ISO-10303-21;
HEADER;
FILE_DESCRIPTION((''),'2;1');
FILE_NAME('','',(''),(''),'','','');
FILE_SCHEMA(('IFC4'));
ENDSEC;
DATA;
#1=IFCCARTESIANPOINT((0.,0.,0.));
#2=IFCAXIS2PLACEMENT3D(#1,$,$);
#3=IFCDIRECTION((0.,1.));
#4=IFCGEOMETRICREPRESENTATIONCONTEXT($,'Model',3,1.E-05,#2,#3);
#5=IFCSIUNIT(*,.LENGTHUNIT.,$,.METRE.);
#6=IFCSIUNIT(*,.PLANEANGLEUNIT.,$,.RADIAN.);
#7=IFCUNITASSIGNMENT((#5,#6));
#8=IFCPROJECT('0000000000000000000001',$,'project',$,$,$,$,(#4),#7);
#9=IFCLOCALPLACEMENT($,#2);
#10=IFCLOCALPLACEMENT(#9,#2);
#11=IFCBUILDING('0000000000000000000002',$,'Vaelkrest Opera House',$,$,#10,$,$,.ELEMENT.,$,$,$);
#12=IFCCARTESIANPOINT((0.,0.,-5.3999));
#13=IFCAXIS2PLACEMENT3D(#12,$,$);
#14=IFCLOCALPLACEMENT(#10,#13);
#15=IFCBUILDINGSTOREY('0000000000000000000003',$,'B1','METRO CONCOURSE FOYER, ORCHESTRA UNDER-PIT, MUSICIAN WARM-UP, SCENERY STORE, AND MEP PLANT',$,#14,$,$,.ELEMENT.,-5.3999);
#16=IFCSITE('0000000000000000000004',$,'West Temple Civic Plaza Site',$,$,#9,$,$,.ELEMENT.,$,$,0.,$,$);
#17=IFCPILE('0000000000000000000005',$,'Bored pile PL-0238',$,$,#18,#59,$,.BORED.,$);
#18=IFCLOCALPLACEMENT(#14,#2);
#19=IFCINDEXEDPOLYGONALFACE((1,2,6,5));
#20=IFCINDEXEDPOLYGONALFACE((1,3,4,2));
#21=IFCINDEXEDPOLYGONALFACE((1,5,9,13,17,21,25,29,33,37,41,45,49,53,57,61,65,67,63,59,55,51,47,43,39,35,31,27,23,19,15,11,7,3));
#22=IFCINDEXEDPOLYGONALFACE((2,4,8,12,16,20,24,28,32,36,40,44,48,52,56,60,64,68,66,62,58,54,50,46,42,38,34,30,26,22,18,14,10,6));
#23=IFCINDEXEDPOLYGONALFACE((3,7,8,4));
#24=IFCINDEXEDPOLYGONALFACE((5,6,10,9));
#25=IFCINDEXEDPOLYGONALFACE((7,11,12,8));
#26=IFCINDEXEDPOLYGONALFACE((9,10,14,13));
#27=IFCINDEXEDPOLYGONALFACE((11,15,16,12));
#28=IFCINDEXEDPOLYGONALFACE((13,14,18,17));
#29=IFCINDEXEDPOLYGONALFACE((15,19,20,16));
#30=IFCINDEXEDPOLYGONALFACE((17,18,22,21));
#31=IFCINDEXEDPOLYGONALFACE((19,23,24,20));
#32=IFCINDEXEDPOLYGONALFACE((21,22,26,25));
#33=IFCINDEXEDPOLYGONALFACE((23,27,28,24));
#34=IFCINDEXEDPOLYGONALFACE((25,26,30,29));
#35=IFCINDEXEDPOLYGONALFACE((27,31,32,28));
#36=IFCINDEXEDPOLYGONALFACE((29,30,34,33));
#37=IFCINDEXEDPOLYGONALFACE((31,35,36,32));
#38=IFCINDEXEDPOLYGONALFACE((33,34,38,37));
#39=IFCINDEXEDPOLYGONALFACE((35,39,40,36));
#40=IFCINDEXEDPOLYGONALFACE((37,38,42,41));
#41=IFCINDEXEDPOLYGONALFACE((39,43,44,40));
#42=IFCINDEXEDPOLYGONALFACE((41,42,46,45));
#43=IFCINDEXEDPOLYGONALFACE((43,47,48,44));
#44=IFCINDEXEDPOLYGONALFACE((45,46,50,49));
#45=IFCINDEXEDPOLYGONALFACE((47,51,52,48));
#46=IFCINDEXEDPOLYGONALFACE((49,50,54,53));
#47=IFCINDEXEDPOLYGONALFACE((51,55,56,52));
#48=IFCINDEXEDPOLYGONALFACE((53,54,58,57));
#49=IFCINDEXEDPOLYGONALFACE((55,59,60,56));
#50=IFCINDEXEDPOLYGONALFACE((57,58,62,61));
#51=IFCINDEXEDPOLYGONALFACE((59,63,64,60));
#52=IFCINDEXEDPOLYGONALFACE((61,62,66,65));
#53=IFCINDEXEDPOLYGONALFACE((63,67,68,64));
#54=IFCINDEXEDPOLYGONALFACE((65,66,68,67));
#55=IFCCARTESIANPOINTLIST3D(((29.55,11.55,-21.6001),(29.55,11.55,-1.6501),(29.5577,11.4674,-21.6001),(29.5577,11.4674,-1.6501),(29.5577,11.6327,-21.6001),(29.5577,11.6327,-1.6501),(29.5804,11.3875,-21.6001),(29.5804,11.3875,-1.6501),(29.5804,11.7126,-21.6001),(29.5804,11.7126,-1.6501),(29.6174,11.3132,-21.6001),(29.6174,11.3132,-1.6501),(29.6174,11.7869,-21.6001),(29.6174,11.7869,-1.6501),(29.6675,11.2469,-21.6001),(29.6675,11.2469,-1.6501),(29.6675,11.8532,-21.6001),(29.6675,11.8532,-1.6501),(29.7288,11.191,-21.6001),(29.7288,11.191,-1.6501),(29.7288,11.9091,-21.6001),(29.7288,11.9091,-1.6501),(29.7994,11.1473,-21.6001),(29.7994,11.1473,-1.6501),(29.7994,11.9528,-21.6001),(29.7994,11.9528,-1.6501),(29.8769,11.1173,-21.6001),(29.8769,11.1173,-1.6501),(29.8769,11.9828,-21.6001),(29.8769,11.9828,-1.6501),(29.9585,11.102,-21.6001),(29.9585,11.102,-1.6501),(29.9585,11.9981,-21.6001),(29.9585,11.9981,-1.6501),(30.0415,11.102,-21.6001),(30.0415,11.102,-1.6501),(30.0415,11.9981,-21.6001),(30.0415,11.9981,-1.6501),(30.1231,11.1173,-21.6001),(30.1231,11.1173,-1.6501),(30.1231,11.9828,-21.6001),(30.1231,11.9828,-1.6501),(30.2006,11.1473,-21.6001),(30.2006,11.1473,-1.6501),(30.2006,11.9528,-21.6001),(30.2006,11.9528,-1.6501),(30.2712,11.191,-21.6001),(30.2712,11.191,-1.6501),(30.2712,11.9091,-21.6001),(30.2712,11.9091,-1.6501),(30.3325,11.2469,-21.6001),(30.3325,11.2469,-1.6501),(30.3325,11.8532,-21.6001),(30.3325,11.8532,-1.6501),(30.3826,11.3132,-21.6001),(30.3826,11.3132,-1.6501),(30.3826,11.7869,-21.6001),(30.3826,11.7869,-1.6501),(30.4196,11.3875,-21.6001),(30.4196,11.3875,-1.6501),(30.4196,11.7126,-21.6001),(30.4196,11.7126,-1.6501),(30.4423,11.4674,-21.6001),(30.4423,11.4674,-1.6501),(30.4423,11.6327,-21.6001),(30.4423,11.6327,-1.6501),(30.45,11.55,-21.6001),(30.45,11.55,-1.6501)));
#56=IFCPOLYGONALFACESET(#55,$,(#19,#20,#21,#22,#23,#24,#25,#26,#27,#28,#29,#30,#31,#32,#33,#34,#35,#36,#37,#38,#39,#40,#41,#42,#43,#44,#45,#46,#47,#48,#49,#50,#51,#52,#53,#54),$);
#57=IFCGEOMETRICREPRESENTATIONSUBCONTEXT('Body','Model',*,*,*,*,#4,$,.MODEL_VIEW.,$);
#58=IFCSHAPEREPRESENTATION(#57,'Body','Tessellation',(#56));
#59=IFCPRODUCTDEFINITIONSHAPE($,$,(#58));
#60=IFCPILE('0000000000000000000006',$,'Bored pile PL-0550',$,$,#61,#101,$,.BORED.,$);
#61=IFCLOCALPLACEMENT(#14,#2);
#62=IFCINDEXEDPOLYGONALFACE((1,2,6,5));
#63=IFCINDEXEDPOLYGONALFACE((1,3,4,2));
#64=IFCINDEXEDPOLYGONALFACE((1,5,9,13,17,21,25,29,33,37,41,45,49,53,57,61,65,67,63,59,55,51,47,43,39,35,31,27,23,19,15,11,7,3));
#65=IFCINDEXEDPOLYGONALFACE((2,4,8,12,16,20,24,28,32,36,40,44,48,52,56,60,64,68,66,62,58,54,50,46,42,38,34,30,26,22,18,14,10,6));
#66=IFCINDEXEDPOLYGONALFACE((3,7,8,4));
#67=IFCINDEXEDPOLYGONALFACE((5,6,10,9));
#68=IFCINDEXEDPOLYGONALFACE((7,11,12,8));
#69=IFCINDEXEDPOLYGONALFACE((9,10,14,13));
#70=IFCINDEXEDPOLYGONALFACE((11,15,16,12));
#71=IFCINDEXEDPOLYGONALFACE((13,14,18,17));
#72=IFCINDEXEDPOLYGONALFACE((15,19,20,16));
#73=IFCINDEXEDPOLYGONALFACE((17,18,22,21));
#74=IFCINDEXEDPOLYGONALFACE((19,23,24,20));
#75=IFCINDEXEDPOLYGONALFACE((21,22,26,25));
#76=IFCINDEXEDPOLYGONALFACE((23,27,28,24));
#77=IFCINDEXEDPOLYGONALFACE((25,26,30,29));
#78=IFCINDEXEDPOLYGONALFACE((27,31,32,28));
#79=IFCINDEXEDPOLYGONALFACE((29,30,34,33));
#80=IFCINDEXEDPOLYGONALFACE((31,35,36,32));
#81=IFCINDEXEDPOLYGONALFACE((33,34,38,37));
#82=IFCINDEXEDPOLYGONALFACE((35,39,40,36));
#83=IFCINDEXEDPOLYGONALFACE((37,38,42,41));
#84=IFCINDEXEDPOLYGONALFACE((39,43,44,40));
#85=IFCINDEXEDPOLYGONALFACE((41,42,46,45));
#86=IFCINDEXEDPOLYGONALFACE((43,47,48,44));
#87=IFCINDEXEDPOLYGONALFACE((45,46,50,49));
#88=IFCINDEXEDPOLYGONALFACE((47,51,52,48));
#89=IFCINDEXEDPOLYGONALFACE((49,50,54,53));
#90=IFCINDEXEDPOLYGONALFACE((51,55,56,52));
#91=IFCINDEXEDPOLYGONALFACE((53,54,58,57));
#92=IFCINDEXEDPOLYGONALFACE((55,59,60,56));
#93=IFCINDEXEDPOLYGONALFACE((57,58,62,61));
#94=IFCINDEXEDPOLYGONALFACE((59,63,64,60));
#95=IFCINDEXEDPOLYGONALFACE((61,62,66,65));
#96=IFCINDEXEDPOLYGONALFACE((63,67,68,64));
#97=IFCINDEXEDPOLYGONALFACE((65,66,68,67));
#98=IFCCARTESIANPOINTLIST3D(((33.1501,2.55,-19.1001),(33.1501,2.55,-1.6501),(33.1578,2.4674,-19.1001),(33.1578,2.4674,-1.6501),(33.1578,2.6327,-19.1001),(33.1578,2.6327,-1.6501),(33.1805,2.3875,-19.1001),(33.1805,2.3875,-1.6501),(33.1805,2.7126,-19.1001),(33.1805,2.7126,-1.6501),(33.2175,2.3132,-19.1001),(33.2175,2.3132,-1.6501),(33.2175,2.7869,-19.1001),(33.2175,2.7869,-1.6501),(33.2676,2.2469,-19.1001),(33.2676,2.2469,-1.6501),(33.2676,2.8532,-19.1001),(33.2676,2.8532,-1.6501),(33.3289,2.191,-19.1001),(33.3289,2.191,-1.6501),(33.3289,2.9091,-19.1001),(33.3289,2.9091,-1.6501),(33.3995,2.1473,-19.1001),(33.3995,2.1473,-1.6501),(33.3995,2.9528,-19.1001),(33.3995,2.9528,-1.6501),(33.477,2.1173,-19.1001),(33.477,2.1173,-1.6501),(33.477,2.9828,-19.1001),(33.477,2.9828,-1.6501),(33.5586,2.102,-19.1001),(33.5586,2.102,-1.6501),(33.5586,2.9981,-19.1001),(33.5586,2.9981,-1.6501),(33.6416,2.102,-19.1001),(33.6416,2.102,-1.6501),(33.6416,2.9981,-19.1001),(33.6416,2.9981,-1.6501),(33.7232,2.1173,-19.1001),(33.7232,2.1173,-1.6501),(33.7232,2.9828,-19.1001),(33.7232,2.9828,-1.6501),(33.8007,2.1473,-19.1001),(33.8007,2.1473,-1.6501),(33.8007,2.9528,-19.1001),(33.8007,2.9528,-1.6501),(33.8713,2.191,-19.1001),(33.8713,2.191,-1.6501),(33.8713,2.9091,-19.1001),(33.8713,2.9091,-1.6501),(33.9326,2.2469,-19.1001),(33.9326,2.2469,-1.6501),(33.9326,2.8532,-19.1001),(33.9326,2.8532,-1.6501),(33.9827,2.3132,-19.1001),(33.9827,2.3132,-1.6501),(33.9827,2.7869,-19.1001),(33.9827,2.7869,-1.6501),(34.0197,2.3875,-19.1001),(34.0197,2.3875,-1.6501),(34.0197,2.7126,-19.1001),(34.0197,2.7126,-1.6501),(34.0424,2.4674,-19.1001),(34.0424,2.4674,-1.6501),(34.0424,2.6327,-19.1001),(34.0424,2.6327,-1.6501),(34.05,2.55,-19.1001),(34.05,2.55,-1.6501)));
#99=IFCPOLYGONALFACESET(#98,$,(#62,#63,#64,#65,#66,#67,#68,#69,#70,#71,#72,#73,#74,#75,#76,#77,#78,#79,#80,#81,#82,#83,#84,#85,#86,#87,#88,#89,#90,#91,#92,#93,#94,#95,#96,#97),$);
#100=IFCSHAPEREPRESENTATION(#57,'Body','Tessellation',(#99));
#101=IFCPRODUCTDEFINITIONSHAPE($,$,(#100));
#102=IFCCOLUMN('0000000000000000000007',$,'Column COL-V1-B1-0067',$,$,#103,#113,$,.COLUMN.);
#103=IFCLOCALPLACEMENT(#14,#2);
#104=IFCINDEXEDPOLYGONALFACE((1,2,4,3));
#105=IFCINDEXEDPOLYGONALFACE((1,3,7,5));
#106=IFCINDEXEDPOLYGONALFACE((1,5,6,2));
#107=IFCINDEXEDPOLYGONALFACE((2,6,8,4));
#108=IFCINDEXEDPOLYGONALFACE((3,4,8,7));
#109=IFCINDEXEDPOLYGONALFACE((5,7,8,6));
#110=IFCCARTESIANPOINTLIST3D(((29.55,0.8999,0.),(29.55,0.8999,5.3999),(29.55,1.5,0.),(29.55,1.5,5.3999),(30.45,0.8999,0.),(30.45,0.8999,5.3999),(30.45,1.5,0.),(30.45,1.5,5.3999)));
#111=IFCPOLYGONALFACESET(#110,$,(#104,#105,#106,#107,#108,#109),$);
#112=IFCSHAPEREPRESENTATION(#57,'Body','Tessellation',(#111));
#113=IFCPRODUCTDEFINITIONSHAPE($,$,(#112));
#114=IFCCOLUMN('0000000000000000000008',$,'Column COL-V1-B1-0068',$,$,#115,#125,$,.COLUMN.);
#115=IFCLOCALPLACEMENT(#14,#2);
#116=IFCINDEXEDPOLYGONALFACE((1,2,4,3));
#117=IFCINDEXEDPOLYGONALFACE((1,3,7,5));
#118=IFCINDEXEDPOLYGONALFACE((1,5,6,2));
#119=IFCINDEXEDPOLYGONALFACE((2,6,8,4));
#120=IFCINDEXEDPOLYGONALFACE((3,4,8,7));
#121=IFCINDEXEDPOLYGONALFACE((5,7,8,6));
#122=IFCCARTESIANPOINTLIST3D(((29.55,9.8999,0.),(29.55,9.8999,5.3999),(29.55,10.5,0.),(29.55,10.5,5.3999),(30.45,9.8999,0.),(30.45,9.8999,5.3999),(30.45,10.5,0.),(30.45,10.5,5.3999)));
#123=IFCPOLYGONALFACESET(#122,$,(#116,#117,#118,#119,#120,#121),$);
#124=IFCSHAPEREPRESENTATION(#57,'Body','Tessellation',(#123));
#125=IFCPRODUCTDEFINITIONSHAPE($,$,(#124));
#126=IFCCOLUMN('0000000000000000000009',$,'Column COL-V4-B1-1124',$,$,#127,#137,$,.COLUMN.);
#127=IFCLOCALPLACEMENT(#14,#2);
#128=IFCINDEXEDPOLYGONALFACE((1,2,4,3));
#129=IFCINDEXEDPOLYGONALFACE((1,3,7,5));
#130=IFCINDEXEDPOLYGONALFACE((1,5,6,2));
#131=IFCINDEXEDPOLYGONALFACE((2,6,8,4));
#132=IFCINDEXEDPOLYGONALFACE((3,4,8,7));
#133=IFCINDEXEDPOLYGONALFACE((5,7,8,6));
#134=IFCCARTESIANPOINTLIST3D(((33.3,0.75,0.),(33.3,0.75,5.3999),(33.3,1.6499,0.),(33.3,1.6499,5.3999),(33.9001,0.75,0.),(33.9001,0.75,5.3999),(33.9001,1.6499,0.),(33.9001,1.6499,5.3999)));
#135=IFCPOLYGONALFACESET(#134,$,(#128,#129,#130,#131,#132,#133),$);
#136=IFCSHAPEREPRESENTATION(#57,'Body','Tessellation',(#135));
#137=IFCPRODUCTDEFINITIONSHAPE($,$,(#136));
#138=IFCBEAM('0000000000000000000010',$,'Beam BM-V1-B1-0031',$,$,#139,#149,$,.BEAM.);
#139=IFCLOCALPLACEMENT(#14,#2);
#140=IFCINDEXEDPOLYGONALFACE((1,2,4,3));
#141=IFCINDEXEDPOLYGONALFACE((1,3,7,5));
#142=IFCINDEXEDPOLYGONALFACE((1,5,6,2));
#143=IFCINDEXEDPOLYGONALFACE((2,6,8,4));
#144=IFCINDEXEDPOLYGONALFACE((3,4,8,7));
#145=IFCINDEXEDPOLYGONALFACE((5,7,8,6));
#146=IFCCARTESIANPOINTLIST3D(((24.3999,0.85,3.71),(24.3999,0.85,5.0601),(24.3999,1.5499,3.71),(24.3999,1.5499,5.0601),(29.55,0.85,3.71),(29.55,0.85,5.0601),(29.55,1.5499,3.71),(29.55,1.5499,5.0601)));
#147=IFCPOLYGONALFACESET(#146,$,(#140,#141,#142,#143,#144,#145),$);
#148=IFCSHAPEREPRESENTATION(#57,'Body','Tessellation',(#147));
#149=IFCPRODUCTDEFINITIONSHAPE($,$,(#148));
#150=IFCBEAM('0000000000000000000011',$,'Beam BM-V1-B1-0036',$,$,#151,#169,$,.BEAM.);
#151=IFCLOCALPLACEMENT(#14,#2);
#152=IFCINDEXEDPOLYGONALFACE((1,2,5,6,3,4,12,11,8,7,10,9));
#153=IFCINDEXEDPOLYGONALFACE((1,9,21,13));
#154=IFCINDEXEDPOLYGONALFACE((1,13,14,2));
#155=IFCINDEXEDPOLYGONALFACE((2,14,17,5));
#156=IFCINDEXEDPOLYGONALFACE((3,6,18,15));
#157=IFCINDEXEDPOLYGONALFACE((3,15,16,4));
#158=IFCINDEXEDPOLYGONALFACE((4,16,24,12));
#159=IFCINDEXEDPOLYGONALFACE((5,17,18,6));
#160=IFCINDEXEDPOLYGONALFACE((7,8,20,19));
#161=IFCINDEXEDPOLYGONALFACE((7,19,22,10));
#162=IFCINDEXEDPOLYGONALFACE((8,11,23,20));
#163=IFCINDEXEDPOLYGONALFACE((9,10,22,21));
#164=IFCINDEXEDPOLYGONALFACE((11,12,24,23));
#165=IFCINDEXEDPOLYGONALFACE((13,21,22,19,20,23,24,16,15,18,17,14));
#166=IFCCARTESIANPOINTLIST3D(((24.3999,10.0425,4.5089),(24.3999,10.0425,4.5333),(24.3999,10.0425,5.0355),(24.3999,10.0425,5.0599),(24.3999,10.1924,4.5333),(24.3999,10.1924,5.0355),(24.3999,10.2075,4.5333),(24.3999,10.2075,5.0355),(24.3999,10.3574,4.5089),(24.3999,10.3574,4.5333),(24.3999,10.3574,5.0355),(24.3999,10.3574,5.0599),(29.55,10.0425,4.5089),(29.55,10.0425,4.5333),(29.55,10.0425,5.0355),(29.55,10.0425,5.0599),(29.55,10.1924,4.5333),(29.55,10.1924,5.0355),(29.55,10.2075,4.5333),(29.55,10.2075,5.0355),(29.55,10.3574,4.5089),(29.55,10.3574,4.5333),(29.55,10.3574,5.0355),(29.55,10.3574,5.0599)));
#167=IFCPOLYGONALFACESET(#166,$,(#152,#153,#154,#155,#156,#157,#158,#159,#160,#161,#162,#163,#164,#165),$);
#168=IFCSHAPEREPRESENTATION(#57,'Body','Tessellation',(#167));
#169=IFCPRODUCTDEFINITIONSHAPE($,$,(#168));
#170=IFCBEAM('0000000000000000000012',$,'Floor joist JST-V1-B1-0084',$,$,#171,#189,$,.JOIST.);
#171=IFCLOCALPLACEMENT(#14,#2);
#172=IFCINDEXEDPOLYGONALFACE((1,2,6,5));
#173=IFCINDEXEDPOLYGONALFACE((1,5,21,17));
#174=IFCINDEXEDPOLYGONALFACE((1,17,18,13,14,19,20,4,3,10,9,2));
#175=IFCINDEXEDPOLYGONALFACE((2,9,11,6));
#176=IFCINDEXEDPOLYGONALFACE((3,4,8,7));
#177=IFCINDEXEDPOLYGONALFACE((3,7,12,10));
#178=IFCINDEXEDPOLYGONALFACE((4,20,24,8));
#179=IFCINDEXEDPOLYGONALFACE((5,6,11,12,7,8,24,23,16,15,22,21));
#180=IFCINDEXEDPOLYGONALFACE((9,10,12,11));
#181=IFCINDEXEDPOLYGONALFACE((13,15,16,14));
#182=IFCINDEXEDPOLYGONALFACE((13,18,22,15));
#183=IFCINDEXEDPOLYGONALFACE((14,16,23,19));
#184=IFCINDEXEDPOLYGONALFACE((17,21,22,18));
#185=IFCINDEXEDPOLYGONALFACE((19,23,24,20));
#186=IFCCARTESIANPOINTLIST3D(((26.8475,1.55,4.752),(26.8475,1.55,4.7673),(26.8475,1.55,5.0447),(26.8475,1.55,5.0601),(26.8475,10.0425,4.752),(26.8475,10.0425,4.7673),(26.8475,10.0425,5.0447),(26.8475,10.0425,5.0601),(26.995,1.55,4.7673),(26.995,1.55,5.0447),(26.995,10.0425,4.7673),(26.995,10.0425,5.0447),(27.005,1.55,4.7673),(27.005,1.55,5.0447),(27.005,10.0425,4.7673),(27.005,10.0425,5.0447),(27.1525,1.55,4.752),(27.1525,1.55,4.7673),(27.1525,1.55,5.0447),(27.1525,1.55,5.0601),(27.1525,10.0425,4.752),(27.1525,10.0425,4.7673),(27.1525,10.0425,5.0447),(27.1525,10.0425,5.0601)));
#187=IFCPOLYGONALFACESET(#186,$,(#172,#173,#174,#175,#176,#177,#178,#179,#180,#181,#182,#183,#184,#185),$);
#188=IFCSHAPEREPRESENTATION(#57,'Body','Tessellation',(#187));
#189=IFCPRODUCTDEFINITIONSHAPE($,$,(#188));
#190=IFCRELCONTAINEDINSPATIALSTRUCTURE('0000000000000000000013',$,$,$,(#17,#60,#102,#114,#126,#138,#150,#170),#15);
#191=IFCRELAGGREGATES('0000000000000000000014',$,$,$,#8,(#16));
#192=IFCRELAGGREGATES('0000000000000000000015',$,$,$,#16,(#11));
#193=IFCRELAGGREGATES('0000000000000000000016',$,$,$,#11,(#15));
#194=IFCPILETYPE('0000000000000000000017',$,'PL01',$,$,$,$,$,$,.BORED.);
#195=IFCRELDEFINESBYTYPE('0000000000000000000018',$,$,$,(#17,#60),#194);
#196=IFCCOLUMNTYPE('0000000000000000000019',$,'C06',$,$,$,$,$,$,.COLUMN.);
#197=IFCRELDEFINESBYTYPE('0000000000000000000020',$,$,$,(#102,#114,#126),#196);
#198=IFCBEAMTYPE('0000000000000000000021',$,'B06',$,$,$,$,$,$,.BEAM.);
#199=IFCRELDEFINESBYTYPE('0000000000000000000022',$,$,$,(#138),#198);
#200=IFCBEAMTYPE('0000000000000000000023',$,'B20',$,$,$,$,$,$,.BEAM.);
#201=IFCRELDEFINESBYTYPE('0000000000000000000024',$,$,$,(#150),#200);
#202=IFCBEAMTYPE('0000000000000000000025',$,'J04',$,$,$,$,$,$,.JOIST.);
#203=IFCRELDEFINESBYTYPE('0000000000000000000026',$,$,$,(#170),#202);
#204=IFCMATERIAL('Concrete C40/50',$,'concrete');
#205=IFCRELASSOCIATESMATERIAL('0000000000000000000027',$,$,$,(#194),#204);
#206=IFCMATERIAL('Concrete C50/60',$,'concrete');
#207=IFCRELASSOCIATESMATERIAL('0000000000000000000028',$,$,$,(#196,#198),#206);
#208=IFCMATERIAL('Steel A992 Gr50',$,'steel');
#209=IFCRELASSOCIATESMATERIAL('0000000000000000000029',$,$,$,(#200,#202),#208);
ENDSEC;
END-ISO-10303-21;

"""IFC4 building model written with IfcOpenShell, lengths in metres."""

from ifc_helpers import new_model, si_unit, direction, frame, origin, origin_2d, place, context, subcontext, project, spatial, rectangle, circle, i_section, extrude, material, material_profile, profile_set, type_object, element, save


model = new_model("IFC4")

# Units and contexts
model_context = context("Model", 3, precision=1e-05, world=origin(), true_north=direction((0.0, 1.0)))
body_context = subcontext(model_context, "Body", "Model", "MODEL_VIEW")
ifc_project = project(units=[si_unit("LENGTHUNIT", "METRE"), si_unit("PLANEANGLEUNIT", "RADIAN")], contexts=[model_context])

# Site, building, storey
site_placement = place(None, origin())
site = spatial("IfcSite", under=ifc_project, at=site_placement, Name="West Temple Civic Plaza Site", CompositionType="ELEMENT", RefElevation=0.0)
building_placement = place(site_placement, origin())
building = spatial("IfcBuilding", under=site, at=building_placement, Name="Vaelkrest Opera House", CompositionType="ELEMENT")
storey_placement = place(building_placement, frame((0.0, 0.0, -5.3999)))
storey = spatial("IfcBuildingStorey", under=building, at=storey_placement, Name="B1", Description="METRO CONCOURSE FOYER, ORCHESTRA UNDER-PIT, MUSICIAN WARM-UP, SCENERY STORE, AND MEP PLANT", CompositionType="ELEMENT", Elevation=-5.3999)

# Shared definitions
ifc_material_1 = material(Name="Concrete C40/50", Category="concrete")

# Piles
ifc_material_profile_1 = material_profile(ifc_material_1, circle(Radius=0.45, at=origin_2d()), Name="PILE900")
ifc_profile_set_1 = profile_set([ifc_material_profile_1], Name="Concrete C40/50")
pile_type = type_object("IfcPileType", Name="PL01", PredefinedType="BORED", material=ifc_profile_set_1)
for number, where, z_axis, x_axis, name in (
    (1, (30.0, 11.55, -1.6501), (0.0, 0.0, -1.0), (1.0, 0.0, 0.0), "Bored pile PL-0238"),
):
    element("IfcPile", number, at=place(storey_placement, frame(where, z_axis=z_axis, x_axis=x_axis)), inside=storey, type_object=pile_type, Name=name, PredefinedType="BORED", context=body_context, shape_type="SweptSolid", body=[
        extrude(circle(Radius=0.45, at=origin_2d()), origin(), (0.0, 0.0, 1.0), 19.95),
    ])
pile_placement = place(storey_placement, frame((33.6001, 2.55, -1.6501), z_axis=(0.0, 0.0, -1.0), x_axis=(1.0, 0.0, 0.0)))
element("IfcPile", 2, at=pile_placement, inside=storey, type_object=pile_type, Name="Bored pile PL-0550", PredefinedType="BORED", context=body_context, shape_type="SweptSolid", body=[
    extrude(circle(Radius=0.45, at=origin_2d()), origin(), (0.0, 0.0, 1.0), 17.45),
])

# Columns
ifc_material_2 = material(Name="Concrete C50/60", Category="concrete")
ifc_material_profile_2 = material_profile(ifc_material_2, rectangle(XDim=0.6001, YDim=0.8999, at=origin_2d()), Name="RC600X900")
ifc_profile_set_2 = profile_set([ifc_material_profile_2], Name="Concrete C50/60")
column_type = type_object("IfcColumnType", Name="C06", PredefinedType="COLUMN", material=ifc_profile_set_2)
for number, where, z_axis, x_axis, name in (
    (3, (30.0, 1.2, 0.0), (0.0, 0.0, 1.0), (0.0, 1.0, 0.0), "Column COL-V1-B1-0067"),
    (4, (30.0, 10.2, 0.0), (0.0, 0.0, 1.0), (0.0, 1.0, 0.0), "Column COL-V1-B1-0068"),
    (5, (33.6001, 1.2, 0.0), (0.0, 0.0, 1.0), (1.0, 0.0, 0.0), "Column COL-V4-B1-1124"),
):
    element("IfcColumn", number, at=place(storey_placement, frame(where, z_axis=z_axis, x_axis=x_axis)), inside=storey, type_object=column_type, Name=name, PredefinedType="COLUMN", context=body_context, shape_type="SweptSolid", body=[
        extrude(rectangle(XDim=0.6001, YDim=0.8999, at=origin_2d()), origin(), (0.0, 0.0, 1.0), 5.3999),
    ])

# Beams
ifc_material_profile_3 = material_profile(ifc_material_2, rectangle(XDim=0.7, YDim=1.3501, at=origin_2d()), Name="RCB700X1350")
ifc_profile_set_3 = profile_set([ifc_material_profile_3], Name="Concrete C50/60")
beam_type_1 = type_object("IfcBeamType", Name="B06", PredefinedType="BEAM", material=ifc_profile_set_3)
beam_1_placement = place(storey_placement, frame((24.3999, 1.2, 4.385), z_axis=(1.0, 0.0, 0.0), x_axis=(0.0, 1.0, 0.0)))
element("IfcBeam", 6, at=beam_1_placement, inside=storey, type_object=beam_type_1, Name="Beam BM-V1-B1-0031", PredefinedType="BEAM", context=body_context, shape_type="SweptSolid", body=[
    extrude(rectangle(XDim=0.7, YDim=1.3501, at=origin_2d()), origin(), (0.0, 0.0, 1.0), 5.1501),
])
ifc_material_3 = material(Name="Steel A992 Gr50", Category="steel")
ifc_material_profile_4 = material_profile(ifc_material_3, i_section(OverallWidth=0.3149, OverallDepth=0.551, WebThickness=0.0151, FlangeThickness=0.0244, at=origin_2d()), Name="W21X122")
ifc_profile_set_4 = profile_set([ifc_material_profile_4], Name="Steel A992 Gr50")
beam_type_2 = type_object("IfcBeamType", Name="B20", PredefinedType="BEAM", material=ifc_profile_set_4)
beam_2_placement = place(storey_placement, frame((24.3999, 10.2, 4.7844), z_axis=(1.0, 0.0, 0.0), x_axis=(0.0, 1.0, 0.0)))
element("IfcBeam", 7, at=beam_2_placement, inside=storey, type_object=beam_type_2, Name="Beam BM-V1-B1-0036", PredefinedType="BEAM", context=body_context, shape_type="SweptSolid", body=[
    extrude(i_section(OverallWidth=0.3149, OverallDepth=0.551, WebThickness=0.0151, FlangeThickness=0.0244, at=origin_2d()), origin(), (0.0, 0.0, 1.0), 5.1501),
])
ifc_material_profile_5 = material_profile(ifc_material_3, i_section(OverallWidth=0.3049, OverallDepth=0.3081, WebThickness=0.01, FlangeThickness=0.0154, at=origin_2d()), Name="W12X65")
ifc_profile_set_5 = profile_set([ifc_material_profile_5], Name="Steel A992 Gr50")
beam_type_3 = type_object("IfcBeamType", Name="J04", PredefinedType="JOIST", material=ifc_profile_set_5)
beam_3_placement = place(storey_placement, frame((27.0, 1.55, 4.906), z_axis=(0.0, 1.0, 0.0), x_axis=(-1.0, 0.0, 0.0)))
element("IfcBeam", 8, at=beam_3_placement, inside=storey, type_object=beam_type_3, Name="Floor joist JST-V1-B1-0084", PredefinedType="JOIST", context=body_context, shape_type="SweptSolid", body=[
    extrude(i_section(OverallWidth=0.3049, OverallDepth=0.3081, WebThickness=0.01, FlangeThickness=0.0154, at=origin_2d()), origin(), (0.0, 0.0, 1.0), 8.4924),
])

save(model, "model.ifc")
